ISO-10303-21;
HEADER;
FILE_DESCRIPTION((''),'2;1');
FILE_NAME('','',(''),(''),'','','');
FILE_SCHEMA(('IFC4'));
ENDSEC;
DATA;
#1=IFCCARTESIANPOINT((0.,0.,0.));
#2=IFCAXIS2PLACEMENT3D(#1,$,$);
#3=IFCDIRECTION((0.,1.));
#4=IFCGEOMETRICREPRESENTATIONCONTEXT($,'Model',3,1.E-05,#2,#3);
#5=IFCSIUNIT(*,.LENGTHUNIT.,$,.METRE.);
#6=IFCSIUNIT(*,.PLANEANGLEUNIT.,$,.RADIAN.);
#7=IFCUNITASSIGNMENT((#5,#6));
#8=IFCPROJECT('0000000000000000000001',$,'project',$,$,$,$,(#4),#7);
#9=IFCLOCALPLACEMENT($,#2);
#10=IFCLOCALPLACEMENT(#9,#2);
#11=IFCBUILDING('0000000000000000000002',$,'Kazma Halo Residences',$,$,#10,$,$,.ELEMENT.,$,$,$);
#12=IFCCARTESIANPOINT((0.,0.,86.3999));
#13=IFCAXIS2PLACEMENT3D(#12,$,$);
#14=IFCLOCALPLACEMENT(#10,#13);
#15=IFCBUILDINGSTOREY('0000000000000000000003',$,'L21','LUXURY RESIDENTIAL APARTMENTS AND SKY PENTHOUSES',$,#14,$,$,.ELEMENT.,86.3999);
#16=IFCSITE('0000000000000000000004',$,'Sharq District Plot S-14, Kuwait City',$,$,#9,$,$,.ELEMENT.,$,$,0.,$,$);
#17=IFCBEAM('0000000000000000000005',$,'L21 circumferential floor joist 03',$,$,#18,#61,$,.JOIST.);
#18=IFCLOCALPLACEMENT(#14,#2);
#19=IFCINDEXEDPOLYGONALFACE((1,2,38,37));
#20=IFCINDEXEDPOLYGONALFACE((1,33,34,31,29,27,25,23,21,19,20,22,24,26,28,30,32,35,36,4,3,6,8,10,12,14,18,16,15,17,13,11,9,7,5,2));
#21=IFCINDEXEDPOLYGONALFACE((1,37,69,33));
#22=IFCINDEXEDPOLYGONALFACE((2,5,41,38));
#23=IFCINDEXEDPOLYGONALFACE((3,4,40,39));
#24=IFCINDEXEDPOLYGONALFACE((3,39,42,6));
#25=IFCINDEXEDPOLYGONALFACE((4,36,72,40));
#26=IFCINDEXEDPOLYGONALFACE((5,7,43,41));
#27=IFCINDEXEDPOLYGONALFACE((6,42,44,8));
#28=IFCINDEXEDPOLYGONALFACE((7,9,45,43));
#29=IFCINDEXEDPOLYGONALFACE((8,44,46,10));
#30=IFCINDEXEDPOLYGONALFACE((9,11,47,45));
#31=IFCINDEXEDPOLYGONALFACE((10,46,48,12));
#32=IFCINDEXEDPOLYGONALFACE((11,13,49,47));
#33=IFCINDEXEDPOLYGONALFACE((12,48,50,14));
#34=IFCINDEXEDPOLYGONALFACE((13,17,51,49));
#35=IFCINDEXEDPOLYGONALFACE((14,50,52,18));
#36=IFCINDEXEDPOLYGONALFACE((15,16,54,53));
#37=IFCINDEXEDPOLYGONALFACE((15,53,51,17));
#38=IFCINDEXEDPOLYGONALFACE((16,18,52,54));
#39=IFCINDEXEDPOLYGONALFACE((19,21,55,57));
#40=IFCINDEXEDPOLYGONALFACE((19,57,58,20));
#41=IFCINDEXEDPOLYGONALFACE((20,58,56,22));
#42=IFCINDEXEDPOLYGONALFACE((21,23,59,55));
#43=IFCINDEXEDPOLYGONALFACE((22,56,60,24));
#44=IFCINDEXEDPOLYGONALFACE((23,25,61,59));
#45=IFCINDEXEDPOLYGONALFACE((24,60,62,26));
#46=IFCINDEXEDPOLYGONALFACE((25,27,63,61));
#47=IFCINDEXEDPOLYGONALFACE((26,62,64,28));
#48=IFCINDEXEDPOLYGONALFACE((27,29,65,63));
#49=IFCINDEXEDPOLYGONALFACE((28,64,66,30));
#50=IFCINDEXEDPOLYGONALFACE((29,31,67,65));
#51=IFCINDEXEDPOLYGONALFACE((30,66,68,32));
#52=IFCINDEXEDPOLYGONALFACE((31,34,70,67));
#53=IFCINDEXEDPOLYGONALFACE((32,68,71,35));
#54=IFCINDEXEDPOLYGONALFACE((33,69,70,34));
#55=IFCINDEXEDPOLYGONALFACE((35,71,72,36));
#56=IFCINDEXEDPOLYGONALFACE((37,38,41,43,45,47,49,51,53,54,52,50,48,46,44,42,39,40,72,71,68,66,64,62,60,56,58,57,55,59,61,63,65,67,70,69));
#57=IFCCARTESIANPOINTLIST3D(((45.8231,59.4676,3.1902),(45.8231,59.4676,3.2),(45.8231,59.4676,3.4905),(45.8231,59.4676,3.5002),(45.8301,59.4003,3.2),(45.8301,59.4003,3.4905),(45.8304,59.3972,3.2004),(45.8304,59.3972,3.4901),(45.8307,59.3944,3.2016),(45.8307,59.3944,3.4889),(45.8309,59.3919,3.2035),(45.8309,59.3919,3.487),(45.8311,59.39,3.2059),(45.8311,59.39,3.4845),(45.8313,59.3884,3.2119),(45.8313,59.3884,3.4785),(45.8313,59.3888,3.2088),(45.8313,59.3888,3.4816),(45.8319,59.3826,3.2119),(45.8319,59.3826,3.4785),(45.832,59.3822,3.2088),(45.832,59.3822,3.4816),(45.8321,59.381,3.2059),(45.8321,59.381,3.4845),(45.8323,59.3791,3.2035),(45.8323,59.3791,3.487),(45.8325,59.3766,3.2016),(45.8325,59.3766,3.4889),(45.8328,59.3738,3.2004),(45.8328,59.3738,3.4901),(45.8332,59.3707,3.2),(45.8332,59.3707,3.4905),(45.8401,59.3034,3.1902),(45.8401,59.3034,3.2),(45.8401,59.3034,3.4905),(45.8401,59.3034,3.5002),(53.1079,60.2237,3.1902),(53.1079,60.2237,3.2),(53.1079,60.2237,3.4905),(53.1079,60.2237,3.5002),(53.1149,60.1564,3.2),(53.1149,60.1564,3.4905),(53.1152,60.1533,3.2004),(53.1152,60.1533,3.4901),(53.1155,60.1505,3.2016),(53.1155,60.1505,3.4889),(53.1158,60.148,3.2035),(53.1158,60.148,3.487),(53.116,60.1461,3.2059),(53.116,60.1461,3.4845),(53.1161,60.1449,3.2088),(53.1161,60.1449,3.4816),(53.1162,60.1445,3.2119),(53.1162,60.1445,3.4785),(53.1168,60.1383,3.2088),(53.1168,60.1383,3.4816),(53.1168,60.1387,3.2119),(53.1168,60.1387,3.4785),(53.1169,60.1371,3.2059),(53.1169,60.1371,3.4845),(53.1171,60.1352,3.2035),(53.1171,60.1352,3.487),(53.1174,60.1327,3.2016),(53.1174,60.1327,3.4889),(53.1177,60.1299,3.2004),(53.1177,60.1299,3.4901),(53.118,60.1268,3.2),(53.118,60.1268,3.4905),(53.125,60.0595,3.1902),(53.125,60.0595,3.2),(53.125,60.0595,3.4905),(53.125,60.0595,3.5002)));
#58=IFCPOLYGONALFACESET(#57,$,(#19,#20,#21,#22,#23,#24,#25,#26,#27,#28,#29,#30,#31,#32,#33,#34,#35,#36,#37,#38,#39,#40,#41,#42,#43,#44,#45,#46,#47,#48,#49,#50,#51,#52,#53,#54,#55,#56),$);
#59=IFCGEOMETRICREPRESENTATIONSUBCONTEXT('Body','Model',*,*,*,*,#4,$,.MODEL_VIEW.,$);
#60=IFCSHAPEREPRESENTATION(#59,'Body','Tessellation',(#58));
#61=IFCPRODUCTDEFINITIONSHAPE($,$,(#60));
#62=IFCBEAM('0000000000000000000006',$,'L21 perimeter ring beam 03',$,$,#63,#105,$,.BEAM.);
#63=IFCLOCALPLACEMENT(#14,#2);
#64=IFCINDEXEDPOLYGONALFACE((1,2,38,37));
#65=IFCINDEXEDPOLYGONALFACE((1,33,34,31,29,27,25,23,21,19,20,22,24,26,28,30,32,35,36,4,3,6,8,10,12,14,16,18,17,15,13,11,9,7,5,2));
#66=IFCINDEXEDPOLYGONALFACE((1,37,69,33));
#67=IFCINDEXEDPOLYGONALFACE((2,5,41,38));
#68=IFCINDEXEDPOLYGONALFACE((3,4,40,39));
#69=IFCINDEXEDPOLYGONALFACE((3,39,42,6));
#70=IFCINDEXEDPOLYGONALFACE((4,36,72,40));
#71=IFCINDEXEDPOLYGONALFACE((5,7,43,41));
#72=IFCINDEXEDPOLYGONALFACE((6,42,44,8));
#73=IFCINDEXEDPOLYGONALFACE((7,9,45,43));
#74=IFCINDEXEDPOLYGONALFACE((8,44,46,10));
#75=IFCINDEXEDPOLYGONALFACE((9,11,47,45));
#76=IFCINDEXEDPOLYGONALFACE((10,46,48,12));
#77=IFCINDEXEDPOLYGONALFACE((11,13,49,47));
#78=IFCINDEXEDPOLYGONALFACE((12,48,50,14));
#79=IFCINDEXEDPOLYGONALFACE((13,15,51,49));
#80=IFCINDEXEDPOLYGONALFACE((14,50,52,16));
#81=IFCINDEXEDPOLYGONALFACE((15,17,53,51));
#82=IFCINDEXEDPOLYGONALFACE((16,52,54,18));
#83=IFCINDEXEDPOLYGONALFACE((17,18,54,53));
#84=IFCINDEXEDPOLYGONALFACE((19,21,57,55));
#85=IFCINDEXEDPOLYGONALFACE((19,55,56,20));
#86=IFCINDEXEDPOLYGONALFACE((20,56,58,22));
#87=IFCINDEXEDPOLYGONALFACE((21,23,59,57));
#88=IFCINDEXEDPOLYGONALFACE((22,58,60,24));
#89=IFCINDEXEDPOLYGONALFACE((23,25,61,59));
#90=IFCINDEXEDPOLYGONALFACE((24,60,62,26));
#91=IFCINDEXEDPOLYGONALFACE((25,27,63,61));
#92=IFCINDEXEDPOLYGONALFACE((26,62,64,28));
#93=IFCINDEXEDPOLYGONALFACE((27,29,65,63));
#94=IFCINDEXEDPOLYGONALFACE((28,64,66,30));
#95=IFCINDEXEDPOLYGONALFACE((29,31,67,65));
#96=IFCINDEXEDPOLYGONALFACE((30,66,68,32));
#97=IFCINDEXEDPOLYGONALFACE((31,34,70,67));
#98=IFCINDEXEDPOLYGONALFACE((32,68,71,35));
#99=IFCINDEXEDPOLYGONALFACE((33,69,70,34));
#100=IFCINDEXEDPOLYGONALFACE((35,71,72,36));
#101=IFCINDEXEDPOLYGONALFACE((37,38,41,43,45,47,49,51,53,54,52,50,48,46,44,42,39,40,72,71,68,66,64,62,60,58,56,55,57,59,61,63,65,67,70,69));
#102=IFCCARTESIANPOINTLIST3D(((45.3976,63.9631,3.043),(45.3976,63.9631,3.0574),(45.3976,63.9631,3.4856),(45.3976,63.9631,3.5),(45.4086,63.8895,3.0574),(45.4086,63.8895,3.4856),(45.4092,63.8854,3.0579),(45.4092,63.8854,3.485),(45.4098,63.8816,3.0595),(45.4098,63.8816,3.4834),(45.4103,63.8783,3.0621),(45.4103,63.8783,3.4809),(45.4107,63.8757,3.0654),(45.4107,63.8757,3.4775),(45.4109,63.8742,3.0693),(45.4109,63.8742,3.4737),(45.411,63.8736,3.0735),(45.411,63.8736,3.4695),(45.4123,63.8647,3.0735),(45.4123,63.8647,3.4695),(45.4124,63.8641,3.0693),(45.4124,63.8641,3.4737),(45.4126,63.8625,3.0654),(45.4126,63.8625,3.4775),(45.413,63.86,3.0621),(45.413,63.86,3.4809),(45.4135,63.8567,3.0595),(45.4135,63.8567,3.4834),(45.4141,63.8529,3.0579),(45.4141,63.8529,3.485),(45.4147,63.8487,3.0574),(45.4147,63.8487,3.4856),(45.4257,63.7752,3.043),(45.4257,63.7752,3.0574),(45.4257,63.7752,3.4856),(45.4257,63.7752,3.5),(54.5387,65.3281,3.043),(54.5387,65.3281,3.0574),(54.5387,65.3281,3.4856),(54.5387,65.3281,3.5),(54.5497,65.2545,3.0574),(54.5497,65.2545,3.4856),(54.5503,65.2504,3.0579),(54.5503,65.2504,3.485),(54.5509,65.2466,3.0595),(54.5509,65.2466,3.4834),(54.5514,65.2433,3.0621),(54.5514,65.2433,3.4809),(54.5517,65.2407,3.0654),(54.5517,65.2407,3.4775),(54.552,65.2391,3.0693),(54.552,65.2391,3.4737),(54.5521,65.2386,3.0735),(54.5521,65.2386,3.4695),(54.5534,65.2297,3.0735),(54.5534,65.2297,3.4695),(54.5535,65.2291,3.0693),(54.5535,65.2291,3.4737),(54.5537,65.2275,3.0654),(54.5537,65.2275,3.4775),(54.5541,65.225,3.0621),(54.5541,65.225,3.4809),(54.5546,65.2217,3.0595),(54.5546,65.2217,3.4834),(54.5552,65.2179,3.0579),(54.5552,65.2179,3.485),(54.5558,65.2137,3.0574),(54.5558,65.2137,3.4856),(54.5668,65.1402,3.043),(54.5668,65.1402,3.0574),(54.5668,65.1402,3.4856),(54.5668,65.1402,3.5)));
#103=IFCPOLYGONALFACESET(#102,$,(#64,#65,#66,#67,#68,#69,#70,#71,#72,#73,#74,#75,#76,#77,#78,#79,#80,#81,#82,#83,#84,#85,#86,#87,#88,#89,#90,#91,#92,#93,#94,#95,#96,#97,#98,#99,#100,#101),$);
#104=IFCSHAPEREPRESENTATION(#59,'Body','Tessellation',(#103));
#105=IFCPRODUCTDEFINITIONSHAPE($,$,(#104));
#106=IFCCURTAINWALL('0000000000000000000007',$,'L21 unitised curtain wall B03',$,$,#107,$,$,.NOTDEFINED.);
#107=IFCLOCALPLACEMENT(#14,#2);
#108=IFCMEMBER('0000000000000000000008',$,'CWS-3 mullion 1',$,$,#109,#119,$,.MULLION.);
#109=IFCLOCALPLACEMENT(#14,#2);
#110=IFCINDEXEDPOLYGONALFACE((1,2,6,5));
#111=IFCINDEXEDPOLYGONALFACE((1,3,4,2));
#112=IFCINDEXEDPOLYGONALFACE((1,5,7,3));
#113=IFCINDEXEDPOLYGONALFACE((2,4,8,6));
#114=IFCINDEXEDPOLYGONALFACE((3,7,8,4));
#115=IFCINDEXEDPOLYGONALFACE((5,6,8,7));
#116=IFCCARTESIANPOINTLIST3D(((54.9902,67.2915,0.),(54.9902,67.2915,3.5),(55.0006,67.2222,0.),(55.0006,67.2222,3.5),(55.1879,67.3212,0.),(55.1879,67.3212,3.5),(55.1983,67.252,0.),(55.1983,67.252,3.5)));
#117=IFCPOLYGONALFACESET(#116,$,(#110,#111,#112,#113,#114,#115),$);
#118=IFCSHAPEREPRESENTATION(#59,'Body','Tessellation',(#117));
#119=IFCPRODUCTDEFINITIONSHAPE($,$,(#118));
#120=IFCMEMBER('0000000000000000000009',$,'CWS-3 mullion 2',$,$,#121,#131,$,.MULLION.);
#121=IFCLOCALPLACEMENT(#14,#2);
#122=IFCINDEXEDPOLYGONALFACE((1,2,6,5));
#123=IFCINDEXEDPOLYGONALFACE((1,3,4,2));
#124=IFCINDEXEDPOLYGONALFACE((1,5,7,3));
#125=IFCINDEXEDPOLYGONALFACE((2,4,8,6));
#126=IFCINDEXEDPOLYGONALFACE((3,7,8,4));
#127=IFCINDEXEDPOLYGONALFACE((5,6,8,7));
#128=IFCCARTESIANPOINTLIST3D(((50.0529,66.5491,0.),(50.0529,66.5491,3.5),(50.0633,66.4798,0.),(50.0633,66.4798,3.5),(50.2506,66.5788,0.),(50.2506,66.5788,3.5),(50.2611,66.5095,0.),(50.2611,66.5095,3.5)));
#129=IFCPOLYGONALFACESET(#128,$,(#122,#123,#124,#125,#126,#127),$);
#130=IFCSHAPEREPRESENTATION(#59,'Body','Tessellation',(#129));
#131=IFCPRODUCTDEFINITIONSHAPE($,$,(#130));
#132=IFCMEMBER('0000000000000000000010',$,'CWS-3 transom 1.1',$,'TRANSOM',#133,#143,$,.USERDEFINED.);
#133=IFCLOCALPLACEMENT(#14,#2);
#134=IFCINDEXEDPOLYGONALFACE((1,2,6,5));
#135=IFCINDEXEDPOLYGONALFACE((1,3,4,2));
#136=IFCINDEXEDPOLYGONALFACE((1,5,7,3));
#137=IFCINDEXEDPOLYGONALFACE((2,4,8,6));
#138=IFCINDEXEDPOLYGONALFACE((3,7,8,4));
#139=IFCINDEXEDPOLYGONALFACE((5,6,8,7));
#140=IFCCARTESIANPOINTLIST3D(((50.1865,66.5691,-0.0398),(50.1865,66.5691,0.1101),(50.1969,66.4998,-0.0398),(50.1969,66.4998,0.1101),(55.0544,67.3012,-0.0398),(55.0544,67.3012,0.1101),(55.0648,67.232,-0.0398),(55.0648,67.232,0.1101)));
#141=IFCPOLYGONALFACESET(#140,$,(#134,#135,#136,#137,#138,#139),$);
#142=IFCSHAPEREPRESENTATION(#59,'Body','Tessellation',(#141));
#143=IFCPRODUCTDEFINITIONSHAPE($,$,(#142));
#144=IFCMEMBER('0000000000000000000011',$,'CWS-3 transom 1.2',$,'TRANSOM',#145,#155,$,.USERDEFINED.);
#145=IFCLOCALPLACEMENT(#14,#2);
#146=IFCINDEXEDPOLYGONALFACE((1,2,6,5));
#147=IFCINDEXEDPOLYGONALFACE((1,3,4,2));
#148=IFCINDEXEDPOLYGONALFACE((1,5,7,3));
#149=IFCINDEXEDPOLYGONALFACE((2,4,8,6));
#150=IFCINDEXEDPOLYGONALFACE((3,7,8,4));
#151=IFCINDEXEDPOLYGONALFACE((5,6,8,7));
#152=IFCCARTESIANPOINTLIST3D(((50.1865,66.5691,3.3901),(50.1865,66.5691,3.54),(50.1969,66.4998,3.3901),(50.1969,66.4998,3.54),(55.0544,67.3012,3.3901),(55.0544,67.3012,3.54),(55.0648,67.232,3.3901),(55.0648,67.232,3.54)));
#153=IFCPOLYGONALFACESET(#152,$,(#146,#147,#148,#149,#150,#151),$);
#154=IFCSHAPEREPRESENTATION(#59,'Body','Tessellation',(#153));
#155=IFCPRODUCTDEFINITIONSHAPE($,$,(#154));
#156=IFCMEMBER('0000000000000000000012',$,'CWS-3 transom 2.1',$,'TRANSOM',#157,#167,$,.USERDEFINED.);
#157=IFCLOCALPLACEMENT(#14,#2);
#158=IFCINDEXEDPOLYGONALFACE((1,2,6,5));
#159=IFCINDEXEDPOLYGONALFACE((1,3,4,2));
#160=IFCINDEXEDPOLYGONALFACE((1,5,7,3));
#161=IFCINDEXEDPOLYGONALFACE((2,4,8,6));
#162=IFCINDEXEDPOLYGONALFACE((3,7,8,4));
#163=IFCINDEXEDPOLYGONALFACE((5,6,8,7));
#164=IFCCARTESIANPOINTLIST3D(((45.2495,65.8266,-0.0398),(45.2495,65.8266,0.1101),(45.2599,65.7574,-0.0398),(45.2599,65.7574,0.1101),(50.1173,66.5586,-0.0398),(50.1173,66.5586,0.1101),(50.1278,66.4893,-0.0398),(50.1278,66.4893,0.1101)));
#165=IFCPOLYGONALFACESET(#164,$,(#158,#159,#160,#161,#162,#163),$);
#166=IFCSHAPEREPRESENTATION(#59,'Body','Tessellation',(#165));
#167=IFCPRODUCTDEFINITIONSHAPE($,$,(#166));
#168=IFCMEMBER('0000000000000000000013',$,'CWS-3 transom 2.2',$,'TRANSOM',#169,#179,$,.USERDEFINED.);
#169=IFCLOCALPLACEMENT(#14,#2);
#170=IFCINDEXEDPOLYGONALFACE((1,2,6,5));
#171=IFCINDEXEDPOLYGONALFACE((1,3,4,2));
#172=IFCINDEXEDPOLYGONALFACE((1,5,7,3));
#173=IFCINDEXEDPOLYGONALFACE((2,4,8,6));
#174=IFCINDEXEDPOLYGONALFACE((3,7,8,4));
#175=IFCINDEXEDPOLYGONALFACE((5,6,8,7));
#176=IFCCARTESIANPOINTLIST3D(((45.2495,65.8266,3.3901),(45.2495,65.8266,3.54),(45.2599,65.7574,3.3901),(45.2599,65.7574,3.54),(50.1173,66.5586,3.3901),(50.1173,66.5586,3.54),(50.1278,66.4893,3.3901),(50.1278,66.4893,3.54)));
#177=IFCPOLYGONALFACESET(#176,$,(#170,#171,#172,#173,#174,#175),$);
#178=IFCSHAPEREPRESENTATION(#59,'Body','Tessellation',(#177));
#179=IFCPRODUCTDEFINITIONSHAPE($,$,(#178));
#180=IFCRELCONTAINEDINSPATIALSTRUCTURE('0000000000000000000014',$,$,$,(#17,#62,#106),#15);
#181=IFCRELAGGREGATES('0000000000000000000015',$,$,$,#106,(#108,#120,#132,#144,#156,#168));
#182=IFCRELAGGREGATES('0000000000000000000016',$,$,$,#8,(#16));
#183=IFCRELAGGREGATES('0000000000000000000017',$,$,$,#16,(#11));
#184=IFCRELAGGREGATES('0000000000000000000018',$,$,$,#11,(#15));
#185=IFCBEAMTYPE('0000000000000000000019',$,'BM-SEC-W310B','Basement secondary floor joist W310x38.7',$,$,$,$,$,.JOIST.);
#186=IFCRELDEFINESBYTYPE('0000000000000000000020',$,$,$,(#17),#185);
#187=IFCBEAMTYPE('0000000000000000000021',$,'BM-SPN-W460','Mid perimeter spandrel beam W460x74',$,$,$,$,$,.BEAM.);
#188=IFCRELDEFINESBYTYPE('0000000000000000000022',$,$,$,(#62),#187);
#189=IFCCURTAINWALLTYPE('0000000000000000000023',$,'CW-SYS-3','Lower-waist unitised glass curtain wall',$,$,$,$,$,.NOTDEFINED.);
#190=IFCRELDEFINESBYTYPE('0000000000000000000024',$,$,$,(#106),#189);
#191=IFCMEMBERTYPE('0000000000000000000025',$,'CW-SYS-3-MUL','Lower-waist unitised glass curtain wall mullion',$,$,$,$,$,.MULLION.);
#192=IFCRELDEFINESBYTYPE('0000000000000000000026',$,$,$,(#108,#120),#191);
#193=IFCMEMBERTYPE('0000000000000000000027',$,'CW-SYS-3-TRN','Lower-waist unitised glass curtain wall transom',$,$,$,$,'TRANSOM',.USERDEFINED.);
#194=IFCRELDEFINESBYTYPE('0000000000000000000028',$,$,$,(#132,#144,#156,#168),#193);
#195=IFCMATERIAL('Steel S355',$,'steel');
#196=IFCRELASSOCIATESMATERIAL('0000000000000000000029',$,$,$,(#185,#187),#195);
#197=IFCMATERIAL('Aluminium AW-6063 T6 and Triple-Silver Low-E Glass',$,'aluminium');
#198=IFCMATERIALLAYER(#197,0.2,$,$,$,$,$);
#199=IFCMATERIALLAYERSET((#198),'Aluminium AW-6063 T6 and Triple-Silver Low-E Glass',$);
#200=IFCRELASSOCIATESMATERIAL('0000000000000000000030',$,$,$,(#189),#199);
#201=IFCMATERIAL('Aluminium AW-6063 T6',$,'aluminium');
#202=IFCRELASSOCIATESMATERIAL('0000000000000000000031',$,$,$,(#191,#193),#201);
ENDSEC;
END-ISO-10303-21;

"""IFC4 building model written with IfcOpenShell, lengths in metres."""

from ifc_helpers import new_model, si_unit, direction, frame, origin, origin_2d, place, context, subcontext, project, spatial, rectangle, i_section, extrude, material, layer, layer_set, material_profile, profile_set, type_object, element, aggregate, save


model = new_model("IFC4")

# Units and contexts
model_context = context("Model", 3, precision=1e-05, world=origin(), true_north=direction((0.0, 1.0)))
body_context = subcontext(model_context, "Body", "Model", "MODEL_VIEW")
ifc_project = project(units=[si_unit("LENGTHUNIT", "METRE"), si_unit("PLANEANGLEUNIT", "RADIAN")], contexts=[model_context])

# Site, building, storey
site_placement = place(None, origin())
site = spatial("IfcSite", under=ifc_project, at=site_placement, Name="Sharq District Plot S-14, Kuwait City", CompositionType="ELEMENT", RefElevation=0.0)
building_placement = place(site_placement, origin())
building = spatial("IfcBuilding", under=site, at=building_placement, Name="Kazma Halo Residences", CompositionType="ELEMENT")
storey_placement = place(building_placement, frame((0.0, 0.0, 86.3999)))
storey = spatial("IfcBuildingStorey", under=building, at=storey_placement, Name="L21", Description="LUXURY RESIDENTIAL APARTMENTS AND SKY PENTHOUSES", CompositionType="ELEMENT", Elevation=86.3999)

# Beams
ifc_material_1 = material(Name="Steel S355", Category="steel")
ifc_material_profile_1 = material_profile(ifc_material_1, i_section(OverallWidth=0.165, OverallDepth=0.3101, WebThickness=0.0059, FlangeThickness=0.0098, FilletRadius=0.012, at=origin_2d()), Name="W310x38.7")
ifc_profile_set_1 = profile_set([ifc_material_profile_1], Name="Steel S355")
beam_type_1 = type_object("IfcBeamType", Name="BM-SEC-W310B", Description="Basement secondary floor joist W310x38.7", PredefinedType="JOIST", material=ifc_profile_set_1)
beam_1_placement = place(storey_placement, frame((53.1165, 60.1416, 3.3452), z_axis=(-0.994657, -0.103236, 0.0), x_axis=(0.103236, -0.994657, 0.0)))
element("IfcBeam", 1, at=beam_1_placement, inside=storey, type_object=beam_type_1, Name="L21 circumferential floor joist 03", PredefinedType="JOIST", context=body_context, shape_type="SweptSolid", body=[
    extrude(i_section(OverallWidth=0.165, OverallDepth=0.3101, WebThickness=0.0059, FlangeThickness=0.0098, FilletRadius=0.012, at=origin_2d()), origin(), (0.0, 0.0, 1.0), 7.324),
])
ifc_material_profile_2 = material_profile(ifc_material_1, i_section(OverallWidth=0.1899, OverallDepth=0.457, WebThickness=0.009, FlangeThickness=0.0144, FilletRadius=0.0161, at=origin_2d()), Name="W460x74")
ifc_profile_set_2 = profile_set([ifc_material_profile_2], Name="Steel S355")
beam_type_2 = type_object("IfcBeamType", Name="BM-SPN-W460", Description="Mid perimeter spandrel beam W460x74", PredefinedType="BEAM", material=ifc_profile_set_2)
beam_2_placement = place(storey_placement, frame((54.5527, 65.2341, 3.2715), z_axis=(-0.989034, -0.147687, 0.0), x_axis=(0.147687, -0.989034, 0.0)))
element("IfcBeam", 2, at=beam_2_placement, inside=storey, type_object=beam_type_2, Name="L21 perimeter ring beam 03", PredefinedType="BEAM", context=body_context, shape_type="SweptSolid", body=[
    extrude(i_section(OverallWidth=0.1899, OverallDepth=0.457, WebThickness=0.009, FlangeThickness=0.0144, FilletRadius=0.0161, at=origin_2d()), origin(), (0.0, 0.0, 1.0), 9.2424),
])

# Curtain wall, members
ifc_material_2 = material(Name="Aluminium AW-6063 T6 and Triple-Silver Low-E Glass", Category="aluminium")
ifc_layer_1 = layer(ifc_material_2, 0.2)
ifc_layer_set_1 = layer_set([ifc_layer_1], Name="Aluminium AW-6063 T6 and Triple-Silver Low-E Glass")
curtain_wall_type = type_object("IfcCurtainWallType", Name="CW-SYS-3", Description="Lower-waist unitised glass curtain wall", PredefinedType="NOTDEFINED", material=ifc_layer_set_1)
curtain_wall_placement = place(storey_placement, origin())
curtain_wall = element("IfcCurtainWall", 3, at=curtain_wall_placement, inside=storey, type_object=curtain_wall_type, Name="L21 unitised curtain wall B03", PredefinedType="NOTDEFINED")
ifc_material_3 = material(Name="Aluminium AW-6063 T6", Category="aluminium")
ifc_material_profile_3 = material_profile(ifc_material_3, rectangle(XDim=0.0701, YDim=0.2, at=origin_2d()), Name="CWM-70x200")
ifc_profile_set_3 = profile_set([ifc_material_profile_3], Name="Aluminium AW-6063 T6")
member_type_1 = type_object("IfcMemberType", Name="CW-SYS-3-MUL", Description="Lower-waist unitised glass curtain wall mullion", PredefinedType="MULLION", material=ifc_profile_set_3)
member_1_placement = place(storey_placement, frame((55.0942, 67.2717, 0.0), z_axis=(0.0, 0.0, 1.0), x_axis=(0.148717, -0.98888, 0.0)))
member_1 = element("IfcMember", 4, at=member_1_placement, type_object=member_type_1, Name="CWS-3 mullion 1", PredefinedType="MULLION", context=body_context, shape_type="SweptSolid", body=[
    extrude(rectangle(XDim=0.0701, YDim=0.2, at=origin_2d()), origin(), (0.0, 0.0, 1.0), 3.5),
])
member_2_placement = place(storey_placement, frame((50.157, 66.5293, 0.0), z_axis=(0.0, 0.0, 1.0), x_axis=(0.148717, -0.98888, 0.0)))
member_2 = element("IfcMember", 5, at=member_2_placement, type_object=member_type_1, Name="CWS-3 mullion 2", PredefinedType="MULLION", context=body_context, shape_type="SweptSolid", body=[
    extrude(rectangle(XDim=0.0701, YDim=0.2, at=origin_2d()), origin(), (0.0, 0.0, 1.0), 3.5),
])
ifc_material_profile_4 = material_profile(ifc_material_3, rectangle(XDim=0.0701, YDim=0.1499, at=origin_2d()), Name="CWT-70x150")
ifc_profile_set_4 = profile_set([ifc_material_profile_4], Name="Aluminium AW-6063 T6")
member_type_2 = type_object("IfcMemberType", Name="CW-SYS-3-TRN", Description="Lower-waist unitised glass curtain wall transom", ElementType="TRANSOM", PredefinedType="USERDEFINED", material=ifc_profile_set_4)
member_3_placement = place(storey_placement, frame((55.0596, 67.2666, 0.0352), z_axis=(-0.988877, -0.148736, 0.0), x_axis=(0.148736, -0.988877, 0.0)))
member_3 = element("IfcMember", 6, at=member_3_placement, type_object=member_type_2, Name="CWS-3 transom 1.1", ObjectType="TRANSOM", PredefinedType="USERDEFINED", context=body_context, shape_type="SweptSolid", body=[
    extrude(rectangle(XDim=0.0701, YDim=0.1499, at=origin_2d()), origin(), (0.0, 0.0, 1.0), 4.9226),
])
member_4_placement = place(storey_placement, frame((55.0596, 67.2666, 3.4651), z_axis=(-0.988877, -0.148736, 0.0), x_axis=(0.148736, -0.988877, 0.0)))
member_4 = element("IfcMember", 7, at=member_4_placement, type_object=member_type_2, Name="CWS-3 transom 1.2", ObjectType="TRANSOM", PredefinedType="USERDEFINED", context=body_context, shape_type="SweptSolid", body=[
    extrude(rectangle(XDim=0.0701, YDim=0.1499, at=origin_2d()), origin(), (0.0, 0.0, 1.0), 4.9226),
])
member_5_placement = place(storey_placement, frame((50.1226, 66.5239, 0.0352), z_axis=(-0.988884, -0.148687, 0.0), x_axis=(0.148687, -0.988884, 0.0)))
member_5 = element("IfcMember", 8, at=member_5_placement, type_object=member_type_2, Name="CWS-3 transom 2.1", ObjectType="TRANSOM", PredefinedType="USERDEFINED", context=body_context, shape_type="SweptSolid", body=[
    extrude(rectangle(XDim=0.0701, YDim=0.1499, at=origin_2d()), origin(), (0.0, 0.0, 1.0), 4.9226),
])
member_6_placement = place(storey_placement, frame((50.1226, 66.5239, 3.4651), z_axis=(-0.988884, -0.148687, 0.0), x_axis=(0.148687, -0.988884, 0.0)))
member_6 = element("IfcMember", 9, at=member_6_placement, type_object=member_type_2, Name="CWS-3 transom 2.2", ObjectType="TRANSOM", PredefinedType="USERDEFINED", context=body_context, shape_type="SweptSolid", body=[
    extrude(rectangle(XDim=0.0701, YDim=0.1499, at=origin_2d()), origin(), (0.0, 0.0, 1.0), 4.9226),
])
aggregate(curtain_wall, [member_1, member_2, member_3, member_4, member_5, member_6])

save(model, "model.ifc")
